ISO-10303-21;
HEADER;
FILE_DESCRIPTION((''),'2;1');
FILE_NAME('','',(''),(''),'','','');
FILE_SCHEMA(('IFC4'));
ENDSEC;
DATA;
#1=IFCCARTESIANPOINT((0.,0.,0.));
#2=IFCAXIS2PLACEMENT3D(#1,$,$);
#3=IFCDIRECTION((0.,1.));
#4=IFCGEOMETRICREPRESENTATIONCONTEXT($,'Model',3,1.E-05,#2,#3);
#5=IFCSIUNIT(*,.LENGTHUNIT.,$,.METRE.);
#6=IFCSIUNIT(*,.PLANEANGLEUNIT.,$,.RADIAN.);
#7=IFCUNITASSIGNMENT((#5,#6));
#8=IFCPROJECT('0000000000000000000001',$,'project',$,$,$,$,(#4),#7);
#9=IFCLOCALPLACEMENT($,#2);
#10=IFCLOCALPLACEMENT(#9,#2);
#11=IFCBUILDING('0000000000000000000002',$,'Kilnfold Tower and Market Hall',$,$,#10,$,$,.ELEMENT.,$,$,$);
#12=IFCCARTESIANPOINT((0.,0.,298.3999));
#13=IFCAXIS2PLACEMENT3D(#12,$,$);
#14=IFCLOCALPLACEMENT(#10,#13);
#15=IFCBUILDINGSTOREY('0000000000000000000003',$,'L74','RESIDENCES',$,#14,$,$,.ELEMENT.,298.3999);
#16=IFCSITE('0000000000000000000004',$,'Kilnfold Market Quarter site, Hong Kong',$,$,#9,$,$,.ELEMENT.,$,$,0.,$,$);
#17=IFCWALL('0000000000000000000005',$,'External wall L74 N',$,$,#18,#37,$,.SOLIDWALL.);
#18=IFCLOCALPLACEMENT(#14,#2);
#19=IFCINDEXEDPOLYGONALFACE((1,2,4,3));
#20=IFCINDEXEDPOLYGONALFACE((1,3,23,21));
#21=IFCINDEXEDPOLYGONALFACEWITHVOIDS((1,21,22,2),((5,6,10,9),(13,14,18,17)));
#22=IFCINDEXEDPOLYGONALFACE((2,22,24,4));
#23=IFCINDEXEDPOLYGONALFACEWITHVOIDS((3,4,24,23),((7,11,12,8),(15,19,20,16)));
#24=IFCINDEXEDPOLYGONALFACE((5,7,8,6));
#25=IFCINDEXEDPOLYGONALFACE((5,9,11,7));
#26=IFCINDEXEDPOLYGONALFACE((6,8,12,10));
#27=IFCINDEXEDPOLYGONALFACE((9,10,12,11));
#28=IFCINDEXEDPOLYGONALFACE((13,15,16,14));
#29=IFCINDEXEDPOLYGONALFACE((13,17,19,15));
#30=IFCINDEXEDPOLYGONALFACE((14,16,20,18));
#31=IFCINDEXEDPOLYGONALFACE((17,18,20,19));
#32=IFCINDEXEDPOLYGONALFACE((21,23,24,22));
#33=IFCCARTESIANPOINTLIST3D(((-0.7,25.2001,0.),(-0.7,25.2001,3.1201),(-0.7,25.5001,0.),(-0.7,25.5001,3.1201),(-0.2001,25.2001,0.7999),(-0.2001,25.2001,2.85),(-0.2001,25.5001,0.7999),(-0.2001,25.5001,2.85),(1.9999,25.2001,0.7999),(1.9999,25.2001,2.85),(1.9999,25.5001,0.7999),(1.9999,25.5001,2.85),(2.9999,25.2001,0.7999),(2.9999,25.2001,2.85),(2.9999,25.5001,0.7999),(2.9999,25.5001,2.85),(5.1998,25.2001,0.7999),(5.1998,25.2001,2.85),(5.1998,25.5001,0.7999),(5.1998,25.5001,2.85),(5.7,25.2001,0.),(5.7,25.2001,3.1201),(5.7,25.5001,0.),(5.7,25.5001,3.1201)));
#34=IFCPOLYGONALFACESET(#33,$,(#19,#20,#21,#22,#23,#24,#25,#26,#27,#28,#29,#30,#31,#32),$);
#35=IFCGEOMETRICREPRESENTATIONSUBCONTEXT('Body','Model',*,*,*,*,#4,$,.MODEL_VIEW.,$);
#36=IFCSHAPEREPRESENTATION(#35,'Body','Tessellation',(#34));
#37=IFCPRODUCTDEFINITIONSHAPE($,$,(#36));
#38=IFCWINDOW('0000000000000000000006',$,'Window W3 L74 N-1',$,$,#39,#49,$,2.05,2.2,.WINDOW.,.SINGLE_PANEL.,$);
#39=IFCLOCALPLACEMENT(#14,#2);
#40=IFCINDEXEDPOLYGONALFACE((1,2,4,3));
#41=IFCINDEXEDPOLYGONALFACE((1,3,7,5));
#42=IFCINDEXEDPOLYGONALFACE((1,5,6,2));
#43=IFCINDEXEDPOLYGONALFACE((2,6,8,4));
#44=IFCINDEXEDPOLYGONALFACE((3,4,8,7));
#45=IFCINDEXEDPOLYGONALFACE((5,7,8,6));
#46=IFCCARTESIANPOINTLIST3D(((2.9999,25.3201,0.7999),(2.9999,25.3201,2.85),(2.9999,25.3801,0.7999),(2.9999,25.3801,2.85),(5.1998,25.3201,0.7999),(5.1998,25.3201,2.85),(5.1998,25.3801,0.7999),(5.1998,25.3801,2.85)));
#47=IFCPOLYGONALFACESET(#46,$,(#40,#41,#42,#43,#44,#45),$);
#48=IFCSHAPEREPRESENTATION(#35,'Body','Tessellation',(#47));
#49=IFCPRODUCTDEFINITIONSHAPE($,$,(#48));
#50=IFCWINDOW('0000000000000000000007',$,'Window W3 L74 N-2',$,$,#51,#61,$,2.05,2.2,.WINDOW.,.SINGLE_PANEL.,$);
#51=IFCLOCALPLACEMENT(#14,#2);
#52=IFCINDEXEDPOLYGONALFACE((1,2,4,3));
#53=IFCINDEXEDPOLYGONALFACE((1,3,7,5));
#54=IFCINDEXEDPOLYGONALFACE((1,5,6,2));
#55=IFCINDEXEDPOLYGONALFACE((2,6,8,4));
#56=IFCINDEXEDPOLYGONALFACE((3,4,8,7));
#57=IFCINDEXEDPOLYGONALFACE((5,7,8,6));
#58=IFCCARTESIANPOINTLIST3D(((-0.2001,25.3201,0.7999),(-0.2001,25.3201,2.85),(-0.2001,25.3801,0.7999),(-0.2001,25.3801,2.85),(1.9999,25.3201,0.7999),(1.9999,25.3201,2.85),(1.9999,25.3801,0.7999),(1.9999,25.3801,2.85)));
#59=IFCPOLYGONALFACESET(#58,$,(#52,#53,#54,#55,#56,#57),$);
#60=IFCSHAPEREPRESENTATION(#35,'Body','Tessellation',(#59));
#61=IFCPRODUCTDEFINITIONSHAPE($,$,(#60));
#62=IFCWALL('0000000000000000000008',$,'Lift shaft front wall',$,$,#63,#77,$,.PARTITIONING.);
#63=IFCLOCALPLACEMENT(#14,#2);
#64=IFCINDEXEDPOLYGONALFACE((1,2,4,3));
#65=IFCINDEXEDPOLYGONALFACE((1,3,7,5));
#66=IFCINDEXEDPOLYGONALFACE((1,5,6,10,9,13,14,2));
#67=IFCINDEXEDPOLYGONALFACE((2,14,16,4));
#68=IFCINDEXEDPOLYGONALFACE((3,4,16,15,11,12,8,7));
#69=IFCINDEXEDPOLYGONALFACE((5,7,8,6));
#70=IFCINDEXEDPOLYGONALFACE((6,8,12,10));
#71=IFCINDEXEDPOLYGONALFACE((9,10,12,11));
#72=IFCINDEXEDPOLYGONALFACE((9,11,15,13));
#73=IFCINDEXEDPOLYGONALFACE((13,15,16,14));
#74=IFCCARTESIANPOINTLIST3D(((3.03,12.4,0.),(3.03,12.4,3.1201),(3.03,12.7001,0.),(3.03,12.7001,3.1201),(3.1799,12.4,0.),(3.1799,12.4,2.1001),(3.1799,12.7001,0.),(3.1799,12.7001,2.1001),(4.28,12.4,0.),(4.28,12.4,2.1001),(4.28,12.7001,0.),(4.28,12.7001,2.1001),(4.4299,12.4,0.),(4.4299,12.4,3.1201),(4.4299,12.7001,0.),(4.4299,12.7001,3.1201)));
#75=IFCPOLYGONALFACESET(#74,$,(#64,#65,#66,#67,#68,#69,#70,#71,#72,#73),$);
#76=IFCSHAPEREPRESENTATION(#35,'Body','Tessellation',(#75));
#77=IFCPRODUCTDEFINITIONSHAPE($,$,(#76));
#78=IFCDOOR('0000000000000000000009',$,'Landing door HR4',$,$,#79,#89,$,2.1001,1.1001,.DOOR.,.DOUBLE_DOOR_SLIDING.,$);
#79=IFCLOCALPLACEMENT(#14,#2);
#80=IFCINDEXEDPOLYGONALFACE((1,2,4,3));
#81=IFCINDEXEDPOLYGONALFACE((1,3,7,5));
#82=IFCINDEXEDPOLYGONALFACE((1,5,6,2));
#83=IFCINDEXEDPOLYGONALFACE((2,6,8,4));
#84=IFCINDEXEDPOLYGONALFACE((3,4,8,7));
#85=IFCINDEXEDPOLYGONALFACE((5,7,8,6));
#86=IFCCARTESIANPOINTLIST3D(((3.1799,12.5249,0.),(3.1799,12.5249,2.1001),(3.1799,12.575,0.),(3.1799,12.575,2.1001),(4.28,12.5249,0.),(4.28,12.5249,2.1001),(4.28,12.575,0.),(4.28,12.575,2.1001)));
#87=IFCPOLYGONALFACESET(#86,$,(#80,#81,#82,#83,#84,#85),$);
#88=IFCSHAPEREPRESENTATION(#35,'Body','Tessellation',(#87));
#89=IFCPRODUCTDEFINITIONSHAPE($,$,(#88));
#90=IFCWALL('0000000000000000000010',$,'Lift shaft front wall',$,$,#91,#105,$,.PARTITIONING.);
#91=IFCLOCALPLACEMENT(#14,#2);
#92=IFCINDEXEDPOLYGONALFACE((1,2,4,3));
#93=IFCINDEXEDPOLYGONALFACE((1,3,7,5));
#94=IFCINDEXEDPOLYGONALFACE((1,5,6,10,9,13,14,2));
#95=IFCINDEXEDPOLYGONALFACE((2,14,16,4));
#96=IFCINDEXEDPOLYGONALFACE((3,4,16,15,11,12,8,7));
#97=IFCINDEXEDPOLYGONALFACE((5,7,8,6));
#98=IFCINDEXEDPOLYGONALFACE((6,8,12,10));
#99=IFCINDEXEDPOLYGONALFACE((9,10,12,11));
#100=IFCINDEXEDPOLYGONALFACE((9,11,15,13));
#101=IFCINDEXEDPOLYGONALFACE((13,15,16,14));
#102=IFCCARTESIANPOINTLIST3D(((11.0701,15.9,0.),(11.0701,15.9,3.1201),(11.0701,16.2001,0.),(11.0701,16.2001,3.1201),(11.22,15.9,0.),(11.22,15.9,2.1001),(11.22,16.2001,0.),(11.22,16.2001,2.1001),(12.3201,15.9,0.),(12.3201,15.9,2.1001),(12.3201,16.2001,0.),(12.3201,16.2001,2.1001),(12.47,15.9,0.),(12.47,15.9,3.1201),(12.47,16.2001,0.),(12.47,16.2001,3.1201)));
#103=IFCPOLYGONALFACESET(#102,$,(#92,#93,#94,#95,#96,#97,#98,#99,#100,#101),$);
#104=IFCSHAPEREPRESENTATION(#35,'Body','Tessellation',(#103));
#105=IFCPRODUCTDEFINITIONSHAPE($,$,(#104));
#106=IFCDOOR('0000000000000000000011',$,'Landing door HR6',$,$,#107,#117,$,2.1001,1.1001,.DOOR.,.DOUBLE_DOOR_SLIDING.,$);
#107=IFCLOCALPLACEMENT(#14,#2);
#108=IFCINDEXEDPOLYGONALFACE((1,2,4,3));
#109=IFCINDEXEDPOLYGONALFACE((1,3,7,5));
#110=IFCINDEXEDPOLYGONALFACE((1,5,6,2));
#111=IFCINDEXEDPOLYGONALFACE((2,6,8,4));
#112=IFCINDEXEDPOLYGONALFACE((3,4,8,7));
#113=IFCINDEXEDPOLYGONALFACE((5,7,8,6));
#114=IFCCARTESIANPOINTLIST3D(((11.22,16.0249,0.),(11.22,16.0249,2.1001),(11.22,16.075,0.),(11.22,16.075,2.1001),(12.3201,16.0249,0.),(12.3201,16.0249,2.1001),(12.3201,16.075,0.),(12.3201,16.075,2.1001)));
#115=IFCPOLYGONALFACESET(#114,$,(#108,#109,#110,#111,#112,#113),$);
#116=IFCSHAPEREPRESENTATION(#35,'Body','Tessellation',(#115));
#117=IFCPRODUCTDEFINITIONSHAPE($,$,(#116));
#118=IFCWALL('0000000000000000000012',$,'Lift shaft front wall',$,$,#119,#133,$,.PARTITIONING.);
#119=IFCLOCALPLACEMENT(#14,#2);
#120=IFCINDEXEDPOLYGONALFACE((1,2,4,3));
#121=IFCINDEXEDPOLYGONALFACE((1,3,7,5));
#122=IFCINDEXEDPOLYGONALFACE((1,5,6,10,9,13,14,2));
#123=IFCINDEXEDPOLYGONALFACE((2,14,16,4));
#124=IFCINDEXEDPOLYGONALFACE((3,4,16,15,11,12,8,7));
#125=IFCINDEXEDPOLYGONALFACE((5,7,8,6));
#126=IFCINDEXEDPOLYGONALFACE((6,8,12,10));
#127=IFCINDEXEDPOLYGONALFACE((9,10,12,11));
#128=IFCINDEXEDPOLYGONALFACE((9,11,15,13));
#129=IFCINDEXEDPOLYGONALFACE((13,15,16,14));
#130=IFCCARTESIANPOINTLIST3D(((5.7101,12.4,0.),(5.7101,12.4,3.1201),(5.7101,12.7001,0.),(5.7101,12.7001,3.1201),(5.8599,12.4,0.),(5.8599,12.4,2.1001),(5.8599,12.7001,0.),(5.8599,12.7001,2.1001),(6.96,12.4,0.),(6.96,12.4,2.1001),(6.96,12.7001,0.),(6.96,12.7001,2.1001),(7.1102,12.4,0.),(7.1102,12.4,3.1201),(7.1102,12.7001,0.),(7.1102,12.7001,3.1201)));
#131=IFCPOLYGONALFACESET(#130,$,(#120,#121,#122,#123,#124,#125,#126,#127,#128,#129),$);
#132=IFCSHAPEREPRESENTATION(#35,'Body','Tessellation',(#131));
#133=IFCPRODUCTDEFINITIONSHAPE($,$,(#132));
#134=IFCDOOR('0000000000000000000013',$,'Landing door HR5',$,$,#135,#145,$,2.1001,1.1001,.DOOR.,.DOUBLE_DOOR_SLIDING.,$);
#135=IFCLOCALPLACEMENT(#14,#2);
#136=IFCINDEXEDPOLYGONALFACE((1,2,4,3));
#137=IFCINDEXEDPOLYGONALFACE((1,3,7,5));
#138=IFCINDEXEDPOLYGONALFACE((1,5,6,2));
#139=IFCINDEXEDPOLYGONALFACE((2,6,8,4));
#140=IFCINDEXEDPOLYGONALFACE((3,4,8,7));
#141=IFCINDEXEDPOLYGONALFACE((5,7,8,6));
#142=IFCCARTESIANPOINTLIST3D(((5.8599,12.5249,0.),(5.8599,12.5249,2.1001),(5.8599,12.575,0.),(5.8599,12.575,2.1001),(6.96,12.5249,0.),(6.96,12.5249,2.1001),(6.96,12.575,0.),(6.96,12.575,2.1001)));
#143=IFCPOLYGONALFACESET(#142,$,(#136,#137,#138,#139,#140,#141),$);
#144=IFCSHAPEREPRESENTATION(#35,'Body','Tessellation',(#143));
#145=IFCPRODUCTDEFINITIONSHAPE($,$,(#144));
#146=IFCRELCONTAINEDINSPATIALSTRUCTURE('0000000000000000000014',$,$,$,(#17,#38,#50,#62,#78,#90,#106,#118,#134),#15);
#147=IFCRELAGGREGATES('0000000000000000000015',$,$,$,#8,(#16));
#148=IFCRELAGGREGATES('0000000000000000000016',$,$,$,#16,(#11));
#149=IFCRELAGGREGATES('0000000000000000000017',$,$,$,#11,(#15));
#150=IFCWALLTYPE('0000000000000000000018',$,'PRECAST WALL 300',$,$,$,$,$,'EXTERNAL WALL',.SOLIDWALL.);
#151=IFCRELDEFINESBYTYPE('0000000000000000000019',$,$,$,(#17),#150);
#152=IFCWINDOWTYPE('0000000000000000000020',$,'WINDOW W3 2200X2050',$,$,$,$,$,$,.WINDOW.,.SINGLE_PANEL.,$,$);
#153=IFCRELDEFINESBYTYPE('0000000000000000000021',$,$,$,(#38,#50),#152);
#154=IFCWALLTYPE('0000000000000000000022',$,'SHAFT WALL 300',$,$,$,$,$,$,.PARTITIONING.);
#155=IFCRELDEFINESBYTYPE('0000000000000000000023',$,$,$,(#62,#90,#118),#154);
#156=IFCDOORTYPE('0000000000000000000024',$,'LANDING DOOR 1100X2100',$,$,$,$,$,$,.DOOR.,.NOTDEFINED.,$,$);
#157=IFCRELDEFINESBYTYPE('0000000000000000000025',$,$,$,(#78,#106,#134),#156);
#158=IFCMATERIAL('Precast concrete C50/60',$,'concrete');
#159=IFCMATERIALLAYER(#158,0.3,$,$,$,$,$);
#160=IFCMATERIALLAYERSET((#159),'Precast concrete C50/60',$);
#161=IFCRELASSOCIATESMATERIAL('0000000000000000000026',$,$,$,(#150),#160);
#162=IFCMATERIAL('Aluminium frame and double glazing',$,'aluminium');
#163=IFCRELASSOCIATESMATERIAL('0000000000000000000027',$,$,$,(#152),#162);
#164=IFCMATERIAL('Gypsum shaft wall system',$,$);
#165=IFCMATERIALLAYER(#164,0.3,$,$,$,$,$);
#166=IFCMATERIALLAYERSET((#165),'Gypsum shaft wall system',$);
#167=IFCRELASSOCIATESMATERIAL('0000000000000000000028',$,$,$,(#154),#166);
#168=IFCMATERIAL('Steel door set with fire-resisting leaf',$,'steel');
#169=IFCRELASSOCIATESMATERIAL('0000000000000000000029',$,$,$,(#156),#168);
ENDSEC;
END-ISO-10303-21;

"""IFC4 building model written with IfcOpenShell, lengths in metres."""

from ifc_helpers import new_model, si_unit, direction, frame, frame_2d, origin, place, context, subcontext, project, spatial, rectangle, extrude, source, transform, mapped, material, layer, layer_set, type_object, element, fill, save


model = new_model("IFC4")

# Units and contexts
model_context = context("Model", 3, precision=1e-05, world=origin(), true_north=direction((0.0, 1.0)))
body_context = subcontext(model_context, "Body", "Model", "MODEL_VIEW")
ifc_project = project(units=[si_unit("LENGTHUNIT", "METRE"), si_unit("PLANEANGLEUNIT", "RADIAN")], contexts=[model_context])

# Site, building, storey
site_placement = place(None, origin())
site = spatial("IfcSite", under=ifc_project, at=site_placement, Name="Kilnfold Market Quarter site, Hong Kong", CompositionType="ELEMENT", RefElevation=0.0)
building_placement = place(site_placement, origin())
building = spatial("IfcBuilding", under=site, at=building_placement, Name="Kilnfold Tower and Market Hall", CompositionType="ELEMENT")
storey_placement = place(building_placement, frame((0.0, 0.0, 298.3999)))
storey = spatial("IfcBuildingStorey", under=building, at=storey_placement, Name="L74", Description="RESIDENCES", CompositionType="ELEMENT", Elevation=298.3999)

# Wall, openings, windows
ifc_material_1 = material(Name="Precast concrete C50/60", Category="concrete")
ifc_layer_1 = layer(ifc_material_1, 0.3)
ifc_layer_set_1 = layer_set([ifc_layer_1], Name="Precast concrete C50/60")
wall_type_1 = type_object("IfcWallType", Name="PRECAST WALL 300", ElementType="EXTERNAL WALL", PredefinedType="SOLIDWALL", material=ifc_layer_set_1)
shared_shape_1 = source(origin(), body_context, "Body", "SweptSolid", [
    extrude(rectangle(XDim=6.3999, YDim=0.3, at=frame_2d((3.2, 0.0))), origin(), (0.0, 0.0, 1.0), 3.1201),
])
ifc_material_2 = material(Name="Aluminium frame and double glazing", Category="aluminium")
window_type = type_object("IfcWindowType", Name="WINDOW W3 2200X2050", PartitioningType="SINGLE_PANEL", PredefinedType="WINDOW", material=ifc_material_2)
wall_1_placement = place(storey_placement, frame((5.7, 25.3501, 0.0), z_axis=(0.0, 0.0, 1.0), x_axis=(-1.0, 0.0, 0.0)))
wall_1 = element("IfcWall", 1, at=wall_1_placement, inside=storey, type_object=wall_type_1, Name="External wall L74 N", PredefinedType="SOLIDWALL", context=body_context, shape_type="MappedRepresentation", body=[
    mapped(shared_shape_1, transform((0.0, 0.0, 0.0))),
])
opening_1_placement = place(wall_1_placement, frame((0.5, 0.0, 0.8)))
opening_1 = element("IfcOpeningElement", 2, at=opening_1_placement, cuts=wall_1, PredefinedType="OPENING", context=body_context, shape_type="SweptSolid", body=[
    extrude(rectangle(XDim=2.2, YDim=2.05, at=frame_2d((1.1001, 1.0249))), frame((0.0, 0.1602, 0.0), z_axis=(0.0, -1.0, 0.0), x_axis=(1.0, 0.0, 0.0)), (0.0, 0.0, 1.0), 0.3201),
])
opening_2_placement = place(wall_1_placement, frame((3.7, 0.0, 0.8)))
opening_2 = element("IfcOpeningElement", 3, at=opening_2_placement, cuts=wall_1, PredefinedType="OPENING", context=body_context, shape_type="SweptSolid", body=[
    extrude(rectangle(XDim=2.2, YDim=2.05, at=frame_2d((1.1001, 1.0249))), frame((0.0, 0.1602, 0.0), z_axis=(0.0, -1.0, 0.0), x_axis=(1.0, 0.0, 0.0)), (0.0, 0.0, 1.0), 0.3201),
])
window_1_placement = place(opening_1_placement, origin())
window_1 = element("IfcWindow", 4, at=window_1_placement, inside=storey, type_object=window_type, Name="Window W3 L74 N-1", OverallHeight=2.05, OverallWidth=2.2, PartitioningType="SINGLE_PANEL", PredefinedType="WINDOW", context=body_context, shape_type="SweptSolid", body=[
    extrude(rectangle(XDim=2.2, YDim=2.05, at=frame_2d((1.1001, 1.0249))), frame((0.0, 0.03, 0.0), z_axis=(0.0, -1.0, 0.0), x_axis=(1.0, 0.0, 0.0)), (0.0, 0.0, 1.0), 0.0601),
])
fill(opening_1, window_1)
window_2_placement = place(opening_2_placement, origin())
window_2 = element("IfcWindow", 5, at=window_2_placement, inside=storey, type_object=window_type, Name="Window W3 L74 N-2", OverallHeight=2.05, OverallWidth=2.2, PartitioningType="SINGLE_PANEL", PredefinedType="WINDOW", context=body_context, shape_type="SweptSolid", body=[
    extrude(rectangle(XDim=2.2, YDim=2.05, at=frame_2d((1.1001, 1.0249))), frame((0.0, 0.03, 0.0), z_axis=(0.0, -1.0, 0.0), x_axis=(1.0, 0.0, 0.0)), (0.0, 0.0, 1.0), 0.0601),
])
fill(opening_2, window_2)

# Walls, openings, doors
ifc_material_3 = material(Name="Gypsum shaft wall system")
ifc_layer_2 = layer(ifc_material_3, 0.3)
ifc_layer_set_2 = layer_set([ifc_layer_2], Name="Gypsum shaft wall system")
wall_type_2 = type_object("IfcWallType", Name="SHAFT WALL 300", PredefinedType="PARTITIONING", material=ifc_layer_set_2)
shared_shape_2 = source(origin(), body_context, "Body", "SweptSolid", [
    extrude(rectangle(XDim=1.3999, YDim=0.3, at=frame_2d((0.7, 0.0))), origin(), (0.0, 0.0, 1.0), 3.1201),
])
wall_2_placement = place(storey_placement, frame((3.03, 12.55, 0.0), z_axis=(0.0, 0.0, 1.0), x_axis=(1.0, 0.0, 0.0)))
wall_2 = element("IfcWall", 6, at=wall_2_placement, inside=storey, type_object=wall_type_2, Name="Lift shaft front wall", PredefinedType="PARTITIONING", context=body_context, shape_type="MappedRepresentation", body=[
    mapped(shared_shape_2, transform((0.0, 0.0, 0.0))),
])
opening_3_placement = place(wall_2_placement, frame((0.1499, 0.0, 0.0)))
opening_3 = element("IfcOpeningElement", 7, at=opening_3_placement, cuts=wall_2, PredefinedType="OPENING", context=body_context, shape_type="SweptSolid", body=[
    extrude(rectangle(XDim=1.1001, YDim=2.1001, at=frame_2d((0.55, 1.05))), frame((0.0, 0.1602, 0.0), z_axis=(0.0, -1.0, 0.0), x_axis=(1.0, 0.0, 0.0)), (0.0, 0.0, 1.0), 0.3201),
])
ifc_material_4 = material(Name="Steel door set with fire-resisting leaf", Category="steel")
door_type_1 = type_object("IfcDoorType", Name="LANDING DOOR 1100X2100", OperationType="NOTDEFINED", PredefinedType="DOOR", material=ifc_material_4)
door_1_placement = place(opening_3_placement, origin())
door_1 = element("IfcDoor", 8, at=door_1_placement, inside=storey, type_object=door_type_1, Name="Landing door HR4", OperationType="DOUBLE_DOOR_SLIDING", OverallHeight=2.1001, OverallWidth=1.1001, PredefinedType="DOOR", context=body_context, shape_type="SweptSolid", body=[
    extrude(rectangle(XDim=1.1001, YDim=2.1001, at=frame_2d((0.55, 1.05))), frame((0.0, 0.0249, 0.0), z_axis=(0.0, -1.0, 0.0), x_axis=(1.0, 0.0, 0.0)), (0.0, 0.0, 1.0), 0.05),
])
fill(opening_3, door_1)
wall_3_placement = place(storey_placement, frame((11.0701, 16.05, 0.0), z_axis=(0.0, 0.0, 1.0), x_axis=(1.0, 0.0, 0.0)))
wall_3 = element("IfcWall", 9, at=wall_3_placement, inside=storey, type_object=wall_type_2, Name="Lift shaft front wall", PredefinedType="PARTITIONING", context=body_context, shape_type="MappedRepresentation", body=[
    mapped(shared_shape_2, transform((0.0, 0.0, 0.0))),
])
opening_4_placement = place(wall_3_placement, frame((0.1499, 0.0, 0.0)))
opening_4 = element("IfcOpeningElement", 10, at=opening_4_placement, cuts=wall_3, PredefinedType="OPENING", context=body_context, shape_type="SweptSolid", body=[
    extrude(rectangle(XDim=1.1001, YDim=2.1001, at=frame_2d((0.55, 1.05))), frame((0.0, 0.1602, 0.0), z_axis=(0.0, -1.0, 0.0), x_axis=(1.0, 0.0, 0.0)), (0.0, 0.0, 1.0), 0.3201),
])
door_2_placement = place(opening_4_placement, origin())
door_2 = element("IfcDoor", 11, at=door_2_placement, inside=storey, type_object=door_type_1, Name="Landing door HR6", OperationType="DOUBLE_DOOR_SLIDING", OverallHeight=2.1001, OverallWidth=1.1001, PredefinedType="DOOR", context=body_context, shape_type="SweptSolid", body=[
    extrude(rectangle(XDim=1.1001, YDim=2.1001, at=frame_2d((0.55, 1.05))), frame((0.0, 0.0249, 0.0), z_axis=(0.0, -1.0, 0.0), x_axis=(1.0, 0.0, 0.0)), (0.0, 0.0, 1.0), 0.05),
])
fill(opening_4, door_2)
shared_shape_3 = source(origin(), body_context, "Body", "SweptSolid", [
    extrude(rectangle(XDim=1.4001, YDim=0.3, at=frame_2d((0.7002, 0.0))), origin(), (0.0, 0.0, 1.0), 3.1201),
])
wall_4_placement = place(storey_placement, frame((5.71, 12.55, 0.0), z_axis=(0.0, 0.0, 1.0), x_axis=(1.0, 0.0, 0.0)))
wall_4 = element("IfcWall", 12, at=wall_4_placement, inside=storey, type_object=wall_type_2, Name="Lift shaft front wall", PredefinedType="PARTITIONING", context=body_context, shape_type="MappedRepresentation", body=[
    mapped(shared_shape_3, transform((0.0, 0.0, 0.0))),
])
opening_5_placement = place(wall_4_placement, frame((0.1499, 0.0, 0.0)))
opening_5 = element("IfcOpeningElement", 13, at=opening_5_placement, cuts=wall_4, PredefinedType="OPENING", context=body_context, shape_type="SweptSolid", body=[
    extrude(rectangle(XDim=1.1001, YDim=2.1001, at=frame_2d((0.55, 1.05))), frame((0.0, 0.1602, 0.0), z_axis=(0.0, -1.0, 0.0), x_axis=(1.0, 0.0, 0.0)), (0.0, 0.0, 1.0), 0.3201),
])
door_3_placement = place(opening_5_placement, origin())
door_3 = element("IfcDoor", 14, at=door_3_placement, inside=storey, type_object=door_type_1, Name="Landing door HR5", OperationType="DOUBLE_DOOR_SLIDING", OverallHeight=2.1001, OverallWidth=1.1001, PredefinedType="DOOR", context=body_context, shape_type="SweptSolid", body=[
    extrude(rectangle(XDim=1.1001, YDim=2.1001, at=frame_2d((0.55, 1.05))), frame((0.0, 0.0249, 0.0), z_axis=(0.0, -1.0, 0.0), x_axis=(1.0, 0.0, 0.0)), (0.0, 0.0, 1.0), 0.05),
])
fill(opening_5, door_3)

save(model, "model.ifc")
